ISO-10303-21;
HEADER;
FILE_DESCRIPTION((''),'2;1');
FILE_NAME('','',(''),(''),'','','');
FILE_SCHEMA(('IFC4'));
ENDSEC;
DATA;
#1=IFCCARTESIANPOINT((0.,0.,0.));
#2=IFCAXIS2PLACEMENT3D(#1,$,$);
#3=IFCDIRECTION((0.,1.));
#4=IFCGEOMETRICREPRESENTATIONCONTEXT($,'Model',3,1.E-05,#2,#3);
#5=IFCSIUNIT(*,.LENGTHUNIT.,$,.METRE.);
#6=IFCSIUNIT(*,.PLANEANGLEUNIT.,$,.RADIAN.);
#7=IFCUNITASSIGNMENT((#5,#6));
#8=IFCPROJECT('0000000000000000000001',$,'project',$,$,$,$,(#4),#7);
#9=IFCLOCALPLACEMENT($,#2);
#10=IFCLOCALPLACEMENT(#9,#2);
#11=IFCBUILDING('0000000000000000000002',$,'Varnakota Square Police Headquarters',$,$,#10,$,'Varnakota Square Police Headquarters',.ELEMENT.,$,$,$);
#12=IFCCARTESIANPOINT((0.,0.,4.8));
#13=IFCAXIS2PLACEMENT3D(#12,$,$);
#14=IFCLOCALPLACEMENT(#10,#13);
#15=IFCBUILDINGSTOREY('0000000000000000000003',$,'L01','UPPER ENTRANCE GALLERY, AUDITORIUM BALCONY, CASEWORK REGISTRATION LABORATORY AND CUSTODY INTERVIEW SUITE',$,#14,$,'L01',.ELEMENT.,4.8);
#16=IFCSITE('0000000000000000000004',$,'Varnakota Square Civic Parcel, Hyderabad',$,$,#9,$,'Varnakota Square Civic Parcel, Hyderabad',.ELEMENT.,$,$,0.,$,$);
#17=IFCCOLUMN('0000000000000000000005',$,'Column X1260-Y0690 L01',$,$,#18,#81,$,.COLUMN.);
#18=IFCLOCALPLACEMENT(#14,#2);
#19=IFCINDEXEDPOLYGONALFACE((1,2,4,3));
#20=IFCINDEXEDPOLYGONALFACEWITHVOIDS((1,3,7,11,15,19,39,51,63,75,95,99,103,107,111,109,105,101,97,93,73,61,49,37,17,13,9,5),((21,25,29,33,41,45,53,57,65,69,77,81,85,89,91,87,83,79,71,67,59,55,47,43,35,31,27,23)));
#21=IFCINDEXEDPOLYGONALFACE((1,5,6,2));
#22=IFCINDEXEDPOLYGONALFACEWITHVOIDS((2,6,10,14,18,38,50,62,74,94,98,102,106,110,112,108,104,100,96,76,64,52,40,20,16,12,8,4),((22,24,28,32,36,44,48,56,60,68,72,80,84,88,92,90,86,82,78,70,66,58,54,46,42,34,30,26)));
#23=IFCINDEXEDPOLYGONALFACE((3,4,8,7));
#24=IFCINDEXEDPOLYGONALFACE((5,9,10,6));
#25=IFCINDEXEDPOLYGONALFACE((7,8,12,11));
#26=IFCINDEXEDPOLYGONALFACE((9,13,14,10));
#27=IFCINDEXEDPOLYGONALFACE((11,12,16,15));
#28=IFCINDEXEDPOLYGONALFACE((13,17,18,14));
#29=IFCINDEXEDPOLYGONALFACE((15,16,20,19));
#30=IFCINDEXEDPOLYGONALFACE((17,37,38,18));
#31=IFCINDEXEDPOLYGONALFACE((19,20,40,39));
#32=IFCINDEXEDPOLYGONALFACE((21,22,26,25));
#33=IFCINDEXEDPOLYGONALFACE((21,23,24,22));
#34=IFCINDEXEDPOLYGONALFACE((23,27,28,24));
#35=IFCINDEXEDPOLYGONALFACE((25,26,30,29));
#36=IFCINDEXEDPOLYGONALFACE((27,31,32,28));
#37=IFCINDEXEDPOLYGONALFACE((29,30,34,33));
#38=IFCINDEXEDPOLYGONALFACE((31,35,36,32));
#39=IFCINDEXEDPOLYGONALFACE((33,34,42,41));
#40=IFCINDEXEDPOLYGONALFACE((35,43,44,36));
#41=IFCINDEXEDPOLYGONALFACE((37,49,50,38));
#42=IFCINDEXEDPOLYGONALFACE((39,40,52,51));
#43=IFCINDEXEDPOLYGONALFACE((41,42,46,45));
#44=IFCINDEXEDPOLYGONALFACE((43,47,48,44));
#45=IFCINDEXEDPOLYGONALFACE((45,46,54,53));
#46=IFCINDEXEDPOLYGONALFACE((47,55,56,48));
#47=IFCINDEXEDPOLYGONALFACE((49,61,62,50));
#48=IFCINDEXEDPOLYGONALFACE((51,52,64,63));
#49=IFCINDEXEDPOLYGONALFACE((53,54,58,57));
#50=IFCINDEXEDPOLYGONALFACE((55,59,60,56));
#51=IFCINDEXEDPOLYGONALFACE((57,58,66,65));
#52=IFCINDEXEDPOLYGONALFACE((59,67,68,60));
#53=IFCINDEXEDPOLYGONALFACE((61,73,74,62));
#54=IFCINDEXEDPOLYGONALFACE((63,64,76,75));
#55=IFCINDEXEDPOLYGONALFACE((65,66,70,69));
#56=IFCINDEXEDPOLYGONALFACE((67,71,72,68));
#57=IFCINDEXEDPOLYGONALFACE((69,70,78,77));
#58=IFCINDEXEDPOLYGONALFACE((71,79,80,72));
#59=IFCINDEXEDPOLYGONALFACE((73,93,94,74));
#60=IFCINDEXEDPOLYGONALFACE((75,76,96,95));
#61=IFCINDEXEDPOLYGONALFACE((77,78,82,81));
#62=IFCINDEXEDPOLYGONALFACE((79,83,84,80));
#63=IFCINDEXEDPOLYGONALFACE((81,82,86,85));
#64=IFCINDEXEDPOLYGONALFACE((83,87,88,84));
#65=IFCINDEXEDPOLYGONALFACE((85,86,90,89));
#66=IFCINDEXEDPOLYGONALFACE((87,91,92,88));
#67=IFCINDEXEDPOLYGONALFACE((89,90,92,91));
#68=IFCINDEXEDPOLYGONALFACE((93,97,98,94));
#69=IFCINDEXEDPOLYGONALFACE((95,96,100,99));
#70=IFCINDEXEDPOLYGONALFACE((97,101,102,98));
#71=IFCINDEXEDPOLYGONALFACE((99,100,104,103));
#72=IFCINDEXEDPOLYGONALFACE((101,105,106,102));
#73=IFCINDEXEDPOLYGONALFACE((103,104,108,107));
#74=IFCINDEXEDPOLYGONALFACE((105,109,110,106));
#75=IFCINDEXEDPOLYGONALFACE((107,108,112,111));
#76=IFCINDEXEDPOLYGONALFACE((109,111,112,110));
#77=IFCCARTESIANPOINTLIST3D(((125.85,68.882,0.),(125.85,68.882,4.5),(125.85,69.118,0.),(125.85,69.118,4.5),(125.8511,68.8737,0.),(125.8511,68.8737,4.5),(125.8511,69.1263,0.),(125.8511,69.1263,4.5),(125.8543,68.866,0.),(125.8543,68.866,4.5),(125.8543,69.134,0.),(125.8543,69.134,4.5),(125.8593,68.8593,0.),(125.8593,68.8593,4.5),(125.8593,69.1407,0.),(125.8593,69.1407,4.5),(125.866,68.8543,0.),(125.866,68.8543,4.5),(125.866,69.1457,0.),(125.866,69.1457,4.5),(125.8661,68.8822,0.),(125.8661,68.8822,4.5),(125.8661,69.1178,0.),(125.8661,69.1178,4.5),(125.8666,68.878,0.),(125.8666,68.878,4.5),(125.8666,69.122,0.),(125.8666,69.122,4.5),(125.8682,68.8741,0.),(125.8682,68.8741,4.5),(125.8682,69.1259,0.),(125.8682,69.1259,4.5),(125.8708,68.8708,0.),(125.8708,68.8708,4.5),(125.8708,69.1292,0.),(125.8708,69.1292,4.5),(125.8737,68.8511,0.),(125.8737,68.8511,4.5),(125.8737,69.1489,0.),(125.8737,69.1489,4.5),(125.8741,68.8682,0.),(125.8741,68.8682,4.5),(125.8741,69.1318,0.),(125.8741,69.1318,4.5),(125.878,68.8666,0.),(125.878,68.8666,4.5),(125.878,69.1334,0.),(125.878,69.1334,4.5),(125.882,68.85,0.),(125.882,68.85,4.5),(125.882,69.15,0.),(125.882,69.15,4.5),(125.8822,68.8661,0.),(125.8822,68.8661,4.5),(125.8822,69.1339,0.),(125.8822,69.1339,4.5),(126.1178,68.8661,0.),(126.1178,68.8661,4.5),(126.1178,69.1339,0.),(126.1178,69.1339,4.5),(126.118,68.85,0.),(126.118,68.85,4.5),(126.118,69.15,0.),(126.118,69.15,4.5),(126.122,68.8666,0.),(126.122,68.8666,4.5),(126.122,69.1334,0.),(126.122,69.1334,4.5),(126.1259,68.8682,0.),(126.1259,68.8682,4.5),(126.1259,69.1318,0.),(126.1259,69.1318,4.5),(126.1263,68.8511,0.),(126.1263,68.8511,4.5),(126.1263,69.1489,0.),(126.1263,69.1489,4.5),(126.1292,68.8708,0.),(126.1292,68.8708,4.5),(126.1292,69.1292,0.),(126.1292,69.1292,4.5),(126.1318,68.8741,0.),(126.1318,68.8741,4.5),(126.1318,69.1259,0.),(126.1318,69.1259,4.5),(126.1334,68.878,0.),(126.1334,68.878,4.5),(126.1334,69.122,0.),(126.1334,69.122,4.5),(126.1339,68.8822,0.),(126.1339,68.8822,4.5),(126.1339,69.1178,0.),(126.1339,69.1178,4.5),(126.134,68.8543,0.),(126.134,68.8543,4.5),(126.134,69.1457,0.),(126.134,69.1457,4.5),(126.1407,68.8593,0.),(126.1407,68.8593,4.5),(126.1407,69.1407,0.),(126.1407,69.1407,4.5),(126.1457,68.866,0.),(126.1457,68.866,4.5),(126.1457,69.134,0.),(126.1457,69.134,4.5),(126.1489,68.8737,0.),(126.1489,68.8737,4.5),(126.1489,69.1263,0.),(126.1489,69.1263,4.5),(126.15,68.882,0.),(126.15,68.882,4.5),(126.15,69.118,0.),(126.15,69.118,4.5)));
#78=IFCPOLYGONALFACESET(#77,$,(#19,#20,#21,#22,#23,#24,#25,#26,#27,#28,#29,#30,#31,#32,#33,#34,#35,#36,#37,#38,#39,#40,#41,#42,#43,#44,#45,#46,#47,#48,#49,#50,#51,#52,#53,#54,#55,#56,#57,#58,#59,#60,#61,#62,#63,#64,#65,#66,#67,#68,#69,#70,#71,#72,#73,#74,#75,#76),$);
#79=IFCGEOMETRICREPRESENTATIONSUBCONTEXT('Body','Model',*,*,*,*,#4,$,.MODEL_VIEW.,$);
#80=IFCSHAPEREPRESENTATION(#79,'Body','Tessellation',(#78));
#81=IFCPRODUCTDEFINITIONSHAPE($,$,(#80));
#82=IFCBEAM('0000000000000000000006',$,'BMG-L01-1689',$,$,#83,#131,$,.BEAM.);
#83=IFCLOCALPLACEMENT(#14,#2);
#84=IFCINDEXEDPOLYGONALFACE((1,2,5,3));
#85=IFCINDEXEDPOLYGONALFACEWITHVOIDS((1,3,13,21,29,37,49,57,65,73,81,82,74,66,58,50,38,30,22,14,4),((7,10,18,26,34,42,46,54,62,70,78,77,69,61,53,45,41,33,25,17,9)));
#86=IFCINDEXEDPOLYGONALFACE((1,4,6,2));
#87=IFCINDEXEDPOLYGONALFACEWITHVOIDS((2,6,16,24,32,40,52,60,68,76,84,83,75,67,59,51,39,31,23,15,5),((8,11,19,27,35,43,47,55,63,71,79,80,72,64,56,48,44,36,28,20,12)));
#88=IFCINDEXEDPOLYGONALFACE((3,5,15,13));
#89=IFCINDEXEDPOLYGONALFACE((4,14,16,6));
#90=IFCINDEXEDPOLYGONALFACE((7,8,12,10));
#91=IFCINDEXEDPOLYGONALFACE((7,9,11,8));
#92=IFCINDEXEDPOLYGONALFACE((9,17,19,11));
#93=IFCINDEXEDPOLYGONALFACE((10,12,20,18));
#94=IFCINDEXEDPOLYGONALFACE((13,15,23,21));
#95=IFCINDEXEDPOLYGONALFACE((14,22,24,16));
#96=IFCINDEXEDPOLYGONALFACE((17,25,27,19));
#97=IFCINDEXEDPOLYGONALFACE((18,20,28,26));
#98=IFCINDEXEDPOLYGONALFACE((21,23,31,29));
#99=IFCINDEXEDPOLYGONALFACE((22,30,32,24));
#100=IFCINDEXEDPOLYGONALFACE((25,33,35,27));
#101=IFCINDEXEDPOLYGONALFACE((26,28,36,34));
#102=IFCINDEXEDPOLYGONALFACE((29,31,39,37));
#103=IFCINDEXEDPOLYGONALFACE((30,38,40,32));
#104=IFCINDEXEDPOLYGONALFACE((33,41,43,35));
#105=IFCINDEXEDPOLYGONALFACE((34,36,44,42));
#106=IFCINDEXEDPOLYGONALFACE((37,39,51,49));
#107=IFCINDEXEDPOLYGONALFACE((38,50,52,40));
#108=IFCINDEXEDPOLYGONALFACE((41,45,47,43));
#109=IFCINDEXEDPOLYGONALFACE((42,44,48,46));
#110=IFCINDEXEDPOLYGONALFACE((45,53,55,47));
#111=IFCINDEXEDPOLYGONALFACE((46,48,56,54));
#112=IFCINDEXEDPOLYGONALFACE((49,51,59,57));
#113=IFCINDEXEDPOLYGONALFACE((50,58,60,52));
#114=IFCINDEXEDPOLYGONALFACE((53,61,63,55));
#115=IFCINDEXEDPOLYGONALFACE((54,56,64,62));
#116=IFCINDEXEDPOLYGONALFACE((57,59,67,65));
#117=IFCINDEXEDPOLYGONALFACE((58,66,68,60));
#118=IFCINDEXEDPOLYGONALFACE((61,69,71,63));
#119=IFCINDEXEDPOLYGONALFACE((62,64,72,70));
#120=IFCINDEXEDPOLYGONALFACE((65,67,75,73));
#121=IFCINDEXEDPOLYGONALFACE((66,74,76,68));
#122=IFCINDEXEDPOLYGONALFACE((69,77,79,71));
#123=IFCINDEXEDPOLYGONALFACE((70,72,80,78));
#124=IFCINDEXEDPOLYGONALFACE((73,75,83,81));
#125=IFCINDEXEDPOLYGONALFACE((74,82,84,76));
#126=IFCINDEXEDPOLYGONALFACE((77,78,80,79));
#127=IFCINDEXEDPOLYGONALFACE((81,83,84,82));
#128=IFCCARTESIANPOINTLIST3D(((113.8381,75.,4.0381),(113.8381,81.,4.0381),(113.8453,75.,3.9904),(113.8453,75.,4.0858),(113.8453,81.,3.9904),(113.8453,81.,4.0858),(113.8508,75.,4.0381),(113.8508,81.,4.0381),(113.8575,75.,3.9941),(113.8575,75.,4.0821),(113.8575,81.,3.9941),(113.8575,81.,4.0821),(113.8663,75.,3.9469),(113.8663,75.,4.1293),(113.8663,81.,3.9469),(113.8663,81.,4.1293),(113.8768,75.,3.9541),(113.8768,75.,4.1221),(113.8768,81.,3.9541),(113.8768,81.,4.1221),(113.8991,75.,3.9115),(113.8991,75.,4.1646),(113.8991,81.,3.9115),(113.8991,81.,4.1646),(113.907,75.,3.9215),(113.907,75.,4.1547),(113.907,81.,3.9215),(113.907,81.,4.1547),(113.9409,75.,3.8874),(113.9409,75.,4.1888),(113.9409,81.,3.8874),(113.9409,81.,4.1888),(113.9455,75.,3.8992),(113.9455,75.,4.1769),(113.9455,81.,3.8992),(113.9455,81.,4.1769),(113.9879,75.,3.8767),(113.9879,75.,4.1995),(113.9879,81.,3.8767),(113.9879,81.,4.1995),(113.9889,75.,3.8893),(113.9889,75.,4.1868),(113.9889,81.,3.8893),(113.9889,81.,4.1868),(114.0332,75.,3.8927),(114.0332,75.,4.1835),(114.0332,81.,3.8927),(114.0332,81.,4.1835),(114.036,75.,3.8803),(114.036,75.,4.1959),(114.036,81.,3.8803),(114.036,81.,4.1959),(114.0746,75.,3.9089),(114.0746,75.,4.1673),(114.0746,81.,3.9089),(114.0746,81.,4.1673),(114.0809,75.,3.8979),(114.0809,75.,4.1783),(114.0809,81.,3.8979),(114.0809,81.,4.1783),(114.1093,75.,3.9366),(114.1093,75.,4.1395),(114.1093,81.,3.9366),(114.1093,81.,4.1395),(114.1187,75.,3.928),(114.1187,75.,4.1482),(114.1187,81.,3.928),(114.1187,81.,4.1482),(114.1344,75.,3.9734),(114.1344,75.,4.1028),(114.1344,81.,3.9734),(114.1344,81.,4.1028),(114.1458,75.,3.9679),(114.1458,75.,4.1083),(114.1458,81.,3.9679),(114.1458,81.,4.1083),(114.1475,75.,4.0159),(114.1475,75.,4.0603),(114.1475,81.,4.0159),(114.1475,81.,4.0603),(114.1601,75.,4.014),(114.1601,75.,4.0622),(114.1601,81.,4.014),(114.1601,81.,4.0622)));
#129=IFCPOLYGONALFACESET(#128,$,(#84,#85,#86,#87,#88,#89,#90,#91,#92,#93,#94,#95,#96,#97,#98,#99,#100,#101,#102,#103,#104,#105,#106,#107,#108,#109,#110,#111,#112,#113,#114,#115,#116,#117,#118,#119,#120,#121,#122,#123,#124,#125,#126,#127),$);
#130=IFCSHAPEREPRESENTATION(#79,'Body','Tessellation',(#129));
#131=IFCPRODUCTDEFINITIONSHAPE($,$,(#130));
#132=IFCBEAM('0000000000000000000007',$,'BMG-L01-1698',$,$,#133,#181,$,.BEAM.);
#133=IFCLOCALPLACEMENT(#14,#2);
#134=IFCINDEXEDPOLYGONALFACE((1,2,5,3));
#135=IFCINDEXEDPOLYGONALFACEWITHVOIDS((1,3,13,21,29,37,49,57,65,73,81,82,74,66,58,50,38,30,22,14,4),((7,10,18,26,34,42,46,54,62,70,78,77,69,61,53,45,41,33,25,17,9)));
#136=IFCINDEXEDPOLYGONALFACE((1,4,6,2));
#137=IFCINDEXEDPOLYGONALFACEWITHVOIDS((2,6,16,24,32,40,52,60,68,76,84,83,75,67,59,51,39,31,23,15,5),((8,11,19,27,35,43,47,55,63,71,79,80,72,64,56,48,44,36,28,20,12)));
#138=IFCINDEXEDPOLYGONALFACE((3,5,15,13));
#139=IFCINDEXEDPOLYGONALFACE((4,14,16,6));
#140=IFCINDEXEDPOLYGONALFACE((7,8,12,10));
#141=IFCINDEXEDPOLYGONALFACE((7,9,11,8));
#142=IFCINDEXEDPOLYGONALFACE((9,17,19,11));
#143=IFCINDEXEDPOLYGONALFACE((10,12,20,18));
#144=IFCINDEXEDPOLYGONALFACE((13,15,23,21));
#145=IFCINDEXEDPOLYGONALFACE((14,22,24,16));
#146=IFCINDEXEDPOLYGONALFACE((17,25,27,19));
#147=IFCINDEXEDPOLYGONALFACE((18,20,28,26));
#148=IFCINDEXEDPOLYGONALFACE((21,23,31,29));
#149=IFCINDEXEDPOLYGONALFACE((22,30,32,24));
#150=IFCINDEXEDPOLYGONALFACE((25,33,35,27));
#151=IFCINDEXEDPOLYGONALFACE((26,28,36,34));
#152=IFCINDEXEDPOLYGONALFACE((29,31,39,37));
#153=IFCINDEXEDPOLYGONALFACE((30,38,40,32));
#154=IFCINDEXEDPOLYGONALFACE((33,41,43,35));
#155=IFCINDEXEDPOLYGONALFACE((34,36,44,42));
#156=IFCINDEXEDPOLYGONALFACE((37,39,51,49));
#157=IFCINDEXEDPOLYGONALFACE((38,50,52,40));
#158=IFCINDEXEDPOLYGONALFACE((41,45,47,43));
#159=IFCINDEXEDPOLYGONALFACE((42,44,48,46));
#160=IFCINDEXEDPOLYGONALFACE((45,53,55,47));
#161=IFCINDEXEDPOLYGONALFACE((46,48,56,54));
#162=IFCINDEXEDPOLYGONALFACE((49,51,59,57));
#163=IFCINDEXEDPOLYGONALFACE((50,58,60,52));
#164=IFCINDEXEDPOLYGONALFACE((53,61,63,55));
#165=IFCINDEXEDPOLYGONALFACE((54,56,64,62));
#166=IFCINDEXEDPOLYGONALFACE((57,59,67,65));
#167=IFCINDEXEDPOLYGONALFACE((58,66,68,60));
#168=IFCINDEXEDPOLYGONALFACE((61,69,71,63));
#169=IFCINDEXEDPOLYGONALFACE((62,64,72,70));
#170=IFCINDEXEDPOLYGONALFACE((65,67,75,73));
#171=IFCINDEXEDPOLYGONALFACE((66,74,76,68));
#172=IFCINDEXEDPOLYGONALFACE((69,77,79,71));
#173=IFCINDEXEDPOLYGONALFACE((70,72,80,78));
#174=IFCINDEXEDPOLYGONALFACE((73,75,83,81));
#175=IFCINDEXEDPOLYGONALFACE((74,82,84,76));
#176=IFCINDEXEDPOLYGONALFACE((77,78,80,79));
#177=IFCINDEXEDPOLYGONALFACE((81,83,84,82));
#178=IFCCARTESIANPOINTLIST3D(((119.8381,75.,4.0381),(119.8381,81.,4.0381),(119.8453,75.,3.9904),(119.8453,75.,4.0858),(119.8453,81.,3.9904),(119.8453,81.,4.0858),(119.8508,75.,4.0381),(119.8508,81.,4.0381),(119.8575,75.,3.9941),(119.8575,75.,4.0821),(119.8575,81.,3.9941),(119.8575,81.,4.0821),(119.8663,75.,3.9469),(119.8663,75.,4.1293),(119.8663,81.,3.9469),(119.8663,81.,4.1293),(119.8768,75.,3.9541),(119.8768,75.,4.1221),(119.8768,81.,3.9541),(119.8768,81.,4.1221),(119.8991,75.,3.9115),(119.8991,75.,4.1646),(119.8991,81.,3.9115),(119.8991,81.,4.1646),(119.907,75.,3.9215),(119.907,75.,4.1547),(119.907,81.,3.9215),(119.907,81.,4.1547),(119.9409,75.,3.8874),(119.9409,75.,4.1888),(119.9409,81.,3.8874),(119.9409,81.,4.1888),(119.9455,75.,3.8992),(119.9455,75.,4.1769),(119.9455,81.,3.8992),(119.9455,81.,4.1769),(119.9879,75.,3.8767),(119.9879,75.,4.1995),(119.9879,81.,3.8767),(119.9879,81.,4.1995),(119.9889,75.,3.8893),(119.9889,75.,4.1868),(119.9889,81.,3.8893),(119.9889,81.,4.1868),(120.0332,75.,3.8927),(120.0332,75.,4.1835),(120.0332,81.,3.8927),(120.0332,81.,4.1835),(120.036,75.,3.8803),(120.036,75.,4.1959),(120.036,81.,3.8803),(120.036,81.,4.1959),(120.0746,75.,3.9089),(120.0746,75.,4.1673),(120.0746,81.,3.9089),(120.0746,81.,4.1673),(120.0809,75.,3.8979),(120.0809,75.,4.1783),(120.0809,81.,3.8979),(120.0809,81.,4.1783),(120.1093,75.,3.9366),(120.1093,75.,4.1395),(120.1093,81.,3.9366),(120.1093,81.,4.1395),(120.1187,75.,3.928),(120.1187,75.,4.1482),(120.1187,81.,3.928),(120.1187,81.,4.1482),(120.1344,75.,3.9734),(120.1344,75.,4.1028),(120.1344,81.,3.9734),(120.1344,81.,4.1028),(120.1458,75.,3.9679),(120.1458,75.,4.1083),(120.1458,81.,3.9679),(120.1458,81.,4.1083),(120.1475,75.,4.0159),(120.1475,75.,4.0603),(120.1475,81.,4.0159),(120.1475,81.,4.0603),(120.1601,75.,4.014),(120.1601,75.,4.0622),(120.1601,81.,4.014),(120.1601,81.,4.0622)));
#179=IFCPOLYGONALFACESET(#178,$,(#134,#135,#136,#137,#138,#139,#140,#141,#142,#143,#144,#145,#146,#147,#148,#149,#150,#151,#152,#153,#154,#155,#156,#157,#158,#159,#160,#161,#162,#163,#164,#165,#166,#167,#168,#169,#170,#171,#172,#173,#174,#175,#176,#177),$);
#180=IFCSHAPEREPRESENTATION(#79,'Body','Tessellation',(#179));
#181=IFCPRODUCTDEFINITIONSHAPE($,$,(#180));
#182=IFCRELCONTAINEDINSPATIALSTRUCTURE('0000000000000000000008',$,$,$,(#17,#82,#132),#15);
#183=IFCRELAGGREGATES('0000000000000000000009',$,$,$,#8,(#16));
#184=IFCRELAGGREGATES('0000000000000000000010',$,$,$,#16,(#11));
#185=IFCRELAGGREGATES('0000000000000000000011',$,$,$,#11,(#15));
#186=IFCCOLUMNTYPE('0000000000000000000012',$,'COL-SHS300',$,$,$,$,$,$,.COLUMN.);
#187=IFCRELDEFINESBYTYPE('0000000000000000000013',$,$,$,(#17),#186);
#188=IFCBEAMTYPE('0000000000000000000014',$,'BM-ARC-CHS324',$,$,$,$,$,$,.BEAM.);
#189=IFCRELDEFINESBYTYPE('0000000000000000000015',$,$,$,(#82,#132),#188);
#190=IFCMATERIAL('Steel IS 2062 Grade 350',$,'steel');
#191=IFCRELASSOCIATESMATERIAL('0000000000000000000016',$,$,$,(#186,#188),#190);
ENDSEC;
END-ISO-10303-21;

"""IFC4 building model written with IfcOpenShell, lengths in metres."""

from ifc_helpers import new_model, si_unit, direction, frame, origin, origin_2d, place, context, subcontext, project, spatial, hollow_rectangle, hollow_circle, extrude, material, material_profile, profile_set, type_object, element, save


model = new_model("IFC4")

# Units and contexts
model_context = context("Model", 3, precision=1e-05, world=origin(), true_north=direction((0.0, 1.0)))
body_context = subcontext(model_context, "Body", "Model", "MODEL_VIEW")
ifc_project = project(units=[si_unit("LENGTHUNIT", "METRE"), si_unit("PLANEANGLEUNIT", "RADIAN")], contexts=[model_context])

# Site, building, storey
site_placement = place(None, origin())
site = spatial("IfcSite", under=ifc_project, at=site_placement, Name="Varnakota Square Civic Parcel, Hyderabad", LongName="Varnakota Square Civic Parcel, Hyderabad", CompositionType="ELEMENT", RefElevation=0.0)
building_placement = place(site_placement, origin())
building = spatial("IfcBuilding", under=site, at=building_placement, Name="Varnakota Square Police Headquarters", LongName="Varnakota Square Police Headquarters", CompositionType="ELEMENT")
storey_placement = place(building_placement, frame((0.0, 0.0, 4.8)))
storey = spatial("IfcBuildingStorey", under=building, at=storey_placement, Name="L01", Description="UPPER ENTRANCE GALLERY, AUDITORIUM BALCONY, CASEWORK REGISTRATION LABORATORY AND CUSTODY INTERVIEW SUITE", LongName="L01", CompositionType="ELEMENT", Elevation=4.8)

# Column
ifc_material_1 = material(Name="Steel IS 2062 Grade 350", Category="steel")
ifc_material_profile_1 = material_profile(ifc_material_1, hollow_rectangle(XDim=0.3, YDim=0.3, WallThickness=0.0161, InnerFilletRadius=0.0161, OuterFilletRadius=0.032, at=origin_2d()), Name="SHS 300x300x16")
ifc_profile_set_1 = profile_set([ifc_material_profile_1], Name="Steel IS 2062 Grade 350")
column_type = type_object("IfcColumnType", Name="COL-SHS300", PredefinedType="COLUMN", material=ifc_profile_set_1)
for number, where, z_axis, x_axis, name in (
    (1, (126.0, 69.0, 0.0), (0.0, 0.0, 1.0), (1.0, 0.0, 0.0), "Column X1260-Y0690 L01"),
):
    element("IfcColumn", number, at=place(storey_placement, frame(where, z_axis=z_axis, x_axis=x_axis)), inside=storey, type_object=column_type, Name=name, PredefinedType="COLUMN", context=body_context, shape_type="SweptSolid", body=[
        extrude(hollow_rectangle(XDim=0.3, YDim=0.3, WallThickness=0.0161, InnerFilletRadius=0.0161, OuterFilletRadius=0.032, at=origin_2d()), origin(), (0.0, 0.0, 1.0), 4.5),
    ])

# Beams
ifc_material_profile_2 = material_profile(ifc_material_1, hollow_circle(Radius=0.1619, WallThickness=0.0127, at=origin_2d()), Name="CHS 323.9x12.7")
ifc_profile_set_2 = profile_set([ifc_material_profile_2], Name="Steel IS 2062 Grade 350")
beam_type_1 = type_object("IfcBeamType", Name="BM-ARC-CHS324", PredefinedType="BEAM", material=ifc_profile_set_2)
for number, where, z_axis, x_axis, name in (
    (2, (114.0, 75.0, 4.0381), (0.0, 1.0, 0.0), (-1.0, 0.0, 0.0), "BMG-L01-1689"),
    (3, (120.0, 75.0, 4.0381), (0.0, 1.0, 0.0), (-1.0, 0.0, 0.0), "BMG-L01-1698"),
):
    element("IfcBeam", number, at=place(storey_placement, frame(where, z_axis=z_axis, x_axis=x_axis)), inside=storey, type_object=beam_type_1, Name=name, PredefinedType="BEAM", context=body_context, shape_type="SweptSolid", body=[
        extrude(hollow_circle(Radius=0.1619, WallThickness=0.0127, at=origin_2d()), origin(), (0.0, 0.0, 1.0), 6.0),
    ])

save(model, "model.ifc")
